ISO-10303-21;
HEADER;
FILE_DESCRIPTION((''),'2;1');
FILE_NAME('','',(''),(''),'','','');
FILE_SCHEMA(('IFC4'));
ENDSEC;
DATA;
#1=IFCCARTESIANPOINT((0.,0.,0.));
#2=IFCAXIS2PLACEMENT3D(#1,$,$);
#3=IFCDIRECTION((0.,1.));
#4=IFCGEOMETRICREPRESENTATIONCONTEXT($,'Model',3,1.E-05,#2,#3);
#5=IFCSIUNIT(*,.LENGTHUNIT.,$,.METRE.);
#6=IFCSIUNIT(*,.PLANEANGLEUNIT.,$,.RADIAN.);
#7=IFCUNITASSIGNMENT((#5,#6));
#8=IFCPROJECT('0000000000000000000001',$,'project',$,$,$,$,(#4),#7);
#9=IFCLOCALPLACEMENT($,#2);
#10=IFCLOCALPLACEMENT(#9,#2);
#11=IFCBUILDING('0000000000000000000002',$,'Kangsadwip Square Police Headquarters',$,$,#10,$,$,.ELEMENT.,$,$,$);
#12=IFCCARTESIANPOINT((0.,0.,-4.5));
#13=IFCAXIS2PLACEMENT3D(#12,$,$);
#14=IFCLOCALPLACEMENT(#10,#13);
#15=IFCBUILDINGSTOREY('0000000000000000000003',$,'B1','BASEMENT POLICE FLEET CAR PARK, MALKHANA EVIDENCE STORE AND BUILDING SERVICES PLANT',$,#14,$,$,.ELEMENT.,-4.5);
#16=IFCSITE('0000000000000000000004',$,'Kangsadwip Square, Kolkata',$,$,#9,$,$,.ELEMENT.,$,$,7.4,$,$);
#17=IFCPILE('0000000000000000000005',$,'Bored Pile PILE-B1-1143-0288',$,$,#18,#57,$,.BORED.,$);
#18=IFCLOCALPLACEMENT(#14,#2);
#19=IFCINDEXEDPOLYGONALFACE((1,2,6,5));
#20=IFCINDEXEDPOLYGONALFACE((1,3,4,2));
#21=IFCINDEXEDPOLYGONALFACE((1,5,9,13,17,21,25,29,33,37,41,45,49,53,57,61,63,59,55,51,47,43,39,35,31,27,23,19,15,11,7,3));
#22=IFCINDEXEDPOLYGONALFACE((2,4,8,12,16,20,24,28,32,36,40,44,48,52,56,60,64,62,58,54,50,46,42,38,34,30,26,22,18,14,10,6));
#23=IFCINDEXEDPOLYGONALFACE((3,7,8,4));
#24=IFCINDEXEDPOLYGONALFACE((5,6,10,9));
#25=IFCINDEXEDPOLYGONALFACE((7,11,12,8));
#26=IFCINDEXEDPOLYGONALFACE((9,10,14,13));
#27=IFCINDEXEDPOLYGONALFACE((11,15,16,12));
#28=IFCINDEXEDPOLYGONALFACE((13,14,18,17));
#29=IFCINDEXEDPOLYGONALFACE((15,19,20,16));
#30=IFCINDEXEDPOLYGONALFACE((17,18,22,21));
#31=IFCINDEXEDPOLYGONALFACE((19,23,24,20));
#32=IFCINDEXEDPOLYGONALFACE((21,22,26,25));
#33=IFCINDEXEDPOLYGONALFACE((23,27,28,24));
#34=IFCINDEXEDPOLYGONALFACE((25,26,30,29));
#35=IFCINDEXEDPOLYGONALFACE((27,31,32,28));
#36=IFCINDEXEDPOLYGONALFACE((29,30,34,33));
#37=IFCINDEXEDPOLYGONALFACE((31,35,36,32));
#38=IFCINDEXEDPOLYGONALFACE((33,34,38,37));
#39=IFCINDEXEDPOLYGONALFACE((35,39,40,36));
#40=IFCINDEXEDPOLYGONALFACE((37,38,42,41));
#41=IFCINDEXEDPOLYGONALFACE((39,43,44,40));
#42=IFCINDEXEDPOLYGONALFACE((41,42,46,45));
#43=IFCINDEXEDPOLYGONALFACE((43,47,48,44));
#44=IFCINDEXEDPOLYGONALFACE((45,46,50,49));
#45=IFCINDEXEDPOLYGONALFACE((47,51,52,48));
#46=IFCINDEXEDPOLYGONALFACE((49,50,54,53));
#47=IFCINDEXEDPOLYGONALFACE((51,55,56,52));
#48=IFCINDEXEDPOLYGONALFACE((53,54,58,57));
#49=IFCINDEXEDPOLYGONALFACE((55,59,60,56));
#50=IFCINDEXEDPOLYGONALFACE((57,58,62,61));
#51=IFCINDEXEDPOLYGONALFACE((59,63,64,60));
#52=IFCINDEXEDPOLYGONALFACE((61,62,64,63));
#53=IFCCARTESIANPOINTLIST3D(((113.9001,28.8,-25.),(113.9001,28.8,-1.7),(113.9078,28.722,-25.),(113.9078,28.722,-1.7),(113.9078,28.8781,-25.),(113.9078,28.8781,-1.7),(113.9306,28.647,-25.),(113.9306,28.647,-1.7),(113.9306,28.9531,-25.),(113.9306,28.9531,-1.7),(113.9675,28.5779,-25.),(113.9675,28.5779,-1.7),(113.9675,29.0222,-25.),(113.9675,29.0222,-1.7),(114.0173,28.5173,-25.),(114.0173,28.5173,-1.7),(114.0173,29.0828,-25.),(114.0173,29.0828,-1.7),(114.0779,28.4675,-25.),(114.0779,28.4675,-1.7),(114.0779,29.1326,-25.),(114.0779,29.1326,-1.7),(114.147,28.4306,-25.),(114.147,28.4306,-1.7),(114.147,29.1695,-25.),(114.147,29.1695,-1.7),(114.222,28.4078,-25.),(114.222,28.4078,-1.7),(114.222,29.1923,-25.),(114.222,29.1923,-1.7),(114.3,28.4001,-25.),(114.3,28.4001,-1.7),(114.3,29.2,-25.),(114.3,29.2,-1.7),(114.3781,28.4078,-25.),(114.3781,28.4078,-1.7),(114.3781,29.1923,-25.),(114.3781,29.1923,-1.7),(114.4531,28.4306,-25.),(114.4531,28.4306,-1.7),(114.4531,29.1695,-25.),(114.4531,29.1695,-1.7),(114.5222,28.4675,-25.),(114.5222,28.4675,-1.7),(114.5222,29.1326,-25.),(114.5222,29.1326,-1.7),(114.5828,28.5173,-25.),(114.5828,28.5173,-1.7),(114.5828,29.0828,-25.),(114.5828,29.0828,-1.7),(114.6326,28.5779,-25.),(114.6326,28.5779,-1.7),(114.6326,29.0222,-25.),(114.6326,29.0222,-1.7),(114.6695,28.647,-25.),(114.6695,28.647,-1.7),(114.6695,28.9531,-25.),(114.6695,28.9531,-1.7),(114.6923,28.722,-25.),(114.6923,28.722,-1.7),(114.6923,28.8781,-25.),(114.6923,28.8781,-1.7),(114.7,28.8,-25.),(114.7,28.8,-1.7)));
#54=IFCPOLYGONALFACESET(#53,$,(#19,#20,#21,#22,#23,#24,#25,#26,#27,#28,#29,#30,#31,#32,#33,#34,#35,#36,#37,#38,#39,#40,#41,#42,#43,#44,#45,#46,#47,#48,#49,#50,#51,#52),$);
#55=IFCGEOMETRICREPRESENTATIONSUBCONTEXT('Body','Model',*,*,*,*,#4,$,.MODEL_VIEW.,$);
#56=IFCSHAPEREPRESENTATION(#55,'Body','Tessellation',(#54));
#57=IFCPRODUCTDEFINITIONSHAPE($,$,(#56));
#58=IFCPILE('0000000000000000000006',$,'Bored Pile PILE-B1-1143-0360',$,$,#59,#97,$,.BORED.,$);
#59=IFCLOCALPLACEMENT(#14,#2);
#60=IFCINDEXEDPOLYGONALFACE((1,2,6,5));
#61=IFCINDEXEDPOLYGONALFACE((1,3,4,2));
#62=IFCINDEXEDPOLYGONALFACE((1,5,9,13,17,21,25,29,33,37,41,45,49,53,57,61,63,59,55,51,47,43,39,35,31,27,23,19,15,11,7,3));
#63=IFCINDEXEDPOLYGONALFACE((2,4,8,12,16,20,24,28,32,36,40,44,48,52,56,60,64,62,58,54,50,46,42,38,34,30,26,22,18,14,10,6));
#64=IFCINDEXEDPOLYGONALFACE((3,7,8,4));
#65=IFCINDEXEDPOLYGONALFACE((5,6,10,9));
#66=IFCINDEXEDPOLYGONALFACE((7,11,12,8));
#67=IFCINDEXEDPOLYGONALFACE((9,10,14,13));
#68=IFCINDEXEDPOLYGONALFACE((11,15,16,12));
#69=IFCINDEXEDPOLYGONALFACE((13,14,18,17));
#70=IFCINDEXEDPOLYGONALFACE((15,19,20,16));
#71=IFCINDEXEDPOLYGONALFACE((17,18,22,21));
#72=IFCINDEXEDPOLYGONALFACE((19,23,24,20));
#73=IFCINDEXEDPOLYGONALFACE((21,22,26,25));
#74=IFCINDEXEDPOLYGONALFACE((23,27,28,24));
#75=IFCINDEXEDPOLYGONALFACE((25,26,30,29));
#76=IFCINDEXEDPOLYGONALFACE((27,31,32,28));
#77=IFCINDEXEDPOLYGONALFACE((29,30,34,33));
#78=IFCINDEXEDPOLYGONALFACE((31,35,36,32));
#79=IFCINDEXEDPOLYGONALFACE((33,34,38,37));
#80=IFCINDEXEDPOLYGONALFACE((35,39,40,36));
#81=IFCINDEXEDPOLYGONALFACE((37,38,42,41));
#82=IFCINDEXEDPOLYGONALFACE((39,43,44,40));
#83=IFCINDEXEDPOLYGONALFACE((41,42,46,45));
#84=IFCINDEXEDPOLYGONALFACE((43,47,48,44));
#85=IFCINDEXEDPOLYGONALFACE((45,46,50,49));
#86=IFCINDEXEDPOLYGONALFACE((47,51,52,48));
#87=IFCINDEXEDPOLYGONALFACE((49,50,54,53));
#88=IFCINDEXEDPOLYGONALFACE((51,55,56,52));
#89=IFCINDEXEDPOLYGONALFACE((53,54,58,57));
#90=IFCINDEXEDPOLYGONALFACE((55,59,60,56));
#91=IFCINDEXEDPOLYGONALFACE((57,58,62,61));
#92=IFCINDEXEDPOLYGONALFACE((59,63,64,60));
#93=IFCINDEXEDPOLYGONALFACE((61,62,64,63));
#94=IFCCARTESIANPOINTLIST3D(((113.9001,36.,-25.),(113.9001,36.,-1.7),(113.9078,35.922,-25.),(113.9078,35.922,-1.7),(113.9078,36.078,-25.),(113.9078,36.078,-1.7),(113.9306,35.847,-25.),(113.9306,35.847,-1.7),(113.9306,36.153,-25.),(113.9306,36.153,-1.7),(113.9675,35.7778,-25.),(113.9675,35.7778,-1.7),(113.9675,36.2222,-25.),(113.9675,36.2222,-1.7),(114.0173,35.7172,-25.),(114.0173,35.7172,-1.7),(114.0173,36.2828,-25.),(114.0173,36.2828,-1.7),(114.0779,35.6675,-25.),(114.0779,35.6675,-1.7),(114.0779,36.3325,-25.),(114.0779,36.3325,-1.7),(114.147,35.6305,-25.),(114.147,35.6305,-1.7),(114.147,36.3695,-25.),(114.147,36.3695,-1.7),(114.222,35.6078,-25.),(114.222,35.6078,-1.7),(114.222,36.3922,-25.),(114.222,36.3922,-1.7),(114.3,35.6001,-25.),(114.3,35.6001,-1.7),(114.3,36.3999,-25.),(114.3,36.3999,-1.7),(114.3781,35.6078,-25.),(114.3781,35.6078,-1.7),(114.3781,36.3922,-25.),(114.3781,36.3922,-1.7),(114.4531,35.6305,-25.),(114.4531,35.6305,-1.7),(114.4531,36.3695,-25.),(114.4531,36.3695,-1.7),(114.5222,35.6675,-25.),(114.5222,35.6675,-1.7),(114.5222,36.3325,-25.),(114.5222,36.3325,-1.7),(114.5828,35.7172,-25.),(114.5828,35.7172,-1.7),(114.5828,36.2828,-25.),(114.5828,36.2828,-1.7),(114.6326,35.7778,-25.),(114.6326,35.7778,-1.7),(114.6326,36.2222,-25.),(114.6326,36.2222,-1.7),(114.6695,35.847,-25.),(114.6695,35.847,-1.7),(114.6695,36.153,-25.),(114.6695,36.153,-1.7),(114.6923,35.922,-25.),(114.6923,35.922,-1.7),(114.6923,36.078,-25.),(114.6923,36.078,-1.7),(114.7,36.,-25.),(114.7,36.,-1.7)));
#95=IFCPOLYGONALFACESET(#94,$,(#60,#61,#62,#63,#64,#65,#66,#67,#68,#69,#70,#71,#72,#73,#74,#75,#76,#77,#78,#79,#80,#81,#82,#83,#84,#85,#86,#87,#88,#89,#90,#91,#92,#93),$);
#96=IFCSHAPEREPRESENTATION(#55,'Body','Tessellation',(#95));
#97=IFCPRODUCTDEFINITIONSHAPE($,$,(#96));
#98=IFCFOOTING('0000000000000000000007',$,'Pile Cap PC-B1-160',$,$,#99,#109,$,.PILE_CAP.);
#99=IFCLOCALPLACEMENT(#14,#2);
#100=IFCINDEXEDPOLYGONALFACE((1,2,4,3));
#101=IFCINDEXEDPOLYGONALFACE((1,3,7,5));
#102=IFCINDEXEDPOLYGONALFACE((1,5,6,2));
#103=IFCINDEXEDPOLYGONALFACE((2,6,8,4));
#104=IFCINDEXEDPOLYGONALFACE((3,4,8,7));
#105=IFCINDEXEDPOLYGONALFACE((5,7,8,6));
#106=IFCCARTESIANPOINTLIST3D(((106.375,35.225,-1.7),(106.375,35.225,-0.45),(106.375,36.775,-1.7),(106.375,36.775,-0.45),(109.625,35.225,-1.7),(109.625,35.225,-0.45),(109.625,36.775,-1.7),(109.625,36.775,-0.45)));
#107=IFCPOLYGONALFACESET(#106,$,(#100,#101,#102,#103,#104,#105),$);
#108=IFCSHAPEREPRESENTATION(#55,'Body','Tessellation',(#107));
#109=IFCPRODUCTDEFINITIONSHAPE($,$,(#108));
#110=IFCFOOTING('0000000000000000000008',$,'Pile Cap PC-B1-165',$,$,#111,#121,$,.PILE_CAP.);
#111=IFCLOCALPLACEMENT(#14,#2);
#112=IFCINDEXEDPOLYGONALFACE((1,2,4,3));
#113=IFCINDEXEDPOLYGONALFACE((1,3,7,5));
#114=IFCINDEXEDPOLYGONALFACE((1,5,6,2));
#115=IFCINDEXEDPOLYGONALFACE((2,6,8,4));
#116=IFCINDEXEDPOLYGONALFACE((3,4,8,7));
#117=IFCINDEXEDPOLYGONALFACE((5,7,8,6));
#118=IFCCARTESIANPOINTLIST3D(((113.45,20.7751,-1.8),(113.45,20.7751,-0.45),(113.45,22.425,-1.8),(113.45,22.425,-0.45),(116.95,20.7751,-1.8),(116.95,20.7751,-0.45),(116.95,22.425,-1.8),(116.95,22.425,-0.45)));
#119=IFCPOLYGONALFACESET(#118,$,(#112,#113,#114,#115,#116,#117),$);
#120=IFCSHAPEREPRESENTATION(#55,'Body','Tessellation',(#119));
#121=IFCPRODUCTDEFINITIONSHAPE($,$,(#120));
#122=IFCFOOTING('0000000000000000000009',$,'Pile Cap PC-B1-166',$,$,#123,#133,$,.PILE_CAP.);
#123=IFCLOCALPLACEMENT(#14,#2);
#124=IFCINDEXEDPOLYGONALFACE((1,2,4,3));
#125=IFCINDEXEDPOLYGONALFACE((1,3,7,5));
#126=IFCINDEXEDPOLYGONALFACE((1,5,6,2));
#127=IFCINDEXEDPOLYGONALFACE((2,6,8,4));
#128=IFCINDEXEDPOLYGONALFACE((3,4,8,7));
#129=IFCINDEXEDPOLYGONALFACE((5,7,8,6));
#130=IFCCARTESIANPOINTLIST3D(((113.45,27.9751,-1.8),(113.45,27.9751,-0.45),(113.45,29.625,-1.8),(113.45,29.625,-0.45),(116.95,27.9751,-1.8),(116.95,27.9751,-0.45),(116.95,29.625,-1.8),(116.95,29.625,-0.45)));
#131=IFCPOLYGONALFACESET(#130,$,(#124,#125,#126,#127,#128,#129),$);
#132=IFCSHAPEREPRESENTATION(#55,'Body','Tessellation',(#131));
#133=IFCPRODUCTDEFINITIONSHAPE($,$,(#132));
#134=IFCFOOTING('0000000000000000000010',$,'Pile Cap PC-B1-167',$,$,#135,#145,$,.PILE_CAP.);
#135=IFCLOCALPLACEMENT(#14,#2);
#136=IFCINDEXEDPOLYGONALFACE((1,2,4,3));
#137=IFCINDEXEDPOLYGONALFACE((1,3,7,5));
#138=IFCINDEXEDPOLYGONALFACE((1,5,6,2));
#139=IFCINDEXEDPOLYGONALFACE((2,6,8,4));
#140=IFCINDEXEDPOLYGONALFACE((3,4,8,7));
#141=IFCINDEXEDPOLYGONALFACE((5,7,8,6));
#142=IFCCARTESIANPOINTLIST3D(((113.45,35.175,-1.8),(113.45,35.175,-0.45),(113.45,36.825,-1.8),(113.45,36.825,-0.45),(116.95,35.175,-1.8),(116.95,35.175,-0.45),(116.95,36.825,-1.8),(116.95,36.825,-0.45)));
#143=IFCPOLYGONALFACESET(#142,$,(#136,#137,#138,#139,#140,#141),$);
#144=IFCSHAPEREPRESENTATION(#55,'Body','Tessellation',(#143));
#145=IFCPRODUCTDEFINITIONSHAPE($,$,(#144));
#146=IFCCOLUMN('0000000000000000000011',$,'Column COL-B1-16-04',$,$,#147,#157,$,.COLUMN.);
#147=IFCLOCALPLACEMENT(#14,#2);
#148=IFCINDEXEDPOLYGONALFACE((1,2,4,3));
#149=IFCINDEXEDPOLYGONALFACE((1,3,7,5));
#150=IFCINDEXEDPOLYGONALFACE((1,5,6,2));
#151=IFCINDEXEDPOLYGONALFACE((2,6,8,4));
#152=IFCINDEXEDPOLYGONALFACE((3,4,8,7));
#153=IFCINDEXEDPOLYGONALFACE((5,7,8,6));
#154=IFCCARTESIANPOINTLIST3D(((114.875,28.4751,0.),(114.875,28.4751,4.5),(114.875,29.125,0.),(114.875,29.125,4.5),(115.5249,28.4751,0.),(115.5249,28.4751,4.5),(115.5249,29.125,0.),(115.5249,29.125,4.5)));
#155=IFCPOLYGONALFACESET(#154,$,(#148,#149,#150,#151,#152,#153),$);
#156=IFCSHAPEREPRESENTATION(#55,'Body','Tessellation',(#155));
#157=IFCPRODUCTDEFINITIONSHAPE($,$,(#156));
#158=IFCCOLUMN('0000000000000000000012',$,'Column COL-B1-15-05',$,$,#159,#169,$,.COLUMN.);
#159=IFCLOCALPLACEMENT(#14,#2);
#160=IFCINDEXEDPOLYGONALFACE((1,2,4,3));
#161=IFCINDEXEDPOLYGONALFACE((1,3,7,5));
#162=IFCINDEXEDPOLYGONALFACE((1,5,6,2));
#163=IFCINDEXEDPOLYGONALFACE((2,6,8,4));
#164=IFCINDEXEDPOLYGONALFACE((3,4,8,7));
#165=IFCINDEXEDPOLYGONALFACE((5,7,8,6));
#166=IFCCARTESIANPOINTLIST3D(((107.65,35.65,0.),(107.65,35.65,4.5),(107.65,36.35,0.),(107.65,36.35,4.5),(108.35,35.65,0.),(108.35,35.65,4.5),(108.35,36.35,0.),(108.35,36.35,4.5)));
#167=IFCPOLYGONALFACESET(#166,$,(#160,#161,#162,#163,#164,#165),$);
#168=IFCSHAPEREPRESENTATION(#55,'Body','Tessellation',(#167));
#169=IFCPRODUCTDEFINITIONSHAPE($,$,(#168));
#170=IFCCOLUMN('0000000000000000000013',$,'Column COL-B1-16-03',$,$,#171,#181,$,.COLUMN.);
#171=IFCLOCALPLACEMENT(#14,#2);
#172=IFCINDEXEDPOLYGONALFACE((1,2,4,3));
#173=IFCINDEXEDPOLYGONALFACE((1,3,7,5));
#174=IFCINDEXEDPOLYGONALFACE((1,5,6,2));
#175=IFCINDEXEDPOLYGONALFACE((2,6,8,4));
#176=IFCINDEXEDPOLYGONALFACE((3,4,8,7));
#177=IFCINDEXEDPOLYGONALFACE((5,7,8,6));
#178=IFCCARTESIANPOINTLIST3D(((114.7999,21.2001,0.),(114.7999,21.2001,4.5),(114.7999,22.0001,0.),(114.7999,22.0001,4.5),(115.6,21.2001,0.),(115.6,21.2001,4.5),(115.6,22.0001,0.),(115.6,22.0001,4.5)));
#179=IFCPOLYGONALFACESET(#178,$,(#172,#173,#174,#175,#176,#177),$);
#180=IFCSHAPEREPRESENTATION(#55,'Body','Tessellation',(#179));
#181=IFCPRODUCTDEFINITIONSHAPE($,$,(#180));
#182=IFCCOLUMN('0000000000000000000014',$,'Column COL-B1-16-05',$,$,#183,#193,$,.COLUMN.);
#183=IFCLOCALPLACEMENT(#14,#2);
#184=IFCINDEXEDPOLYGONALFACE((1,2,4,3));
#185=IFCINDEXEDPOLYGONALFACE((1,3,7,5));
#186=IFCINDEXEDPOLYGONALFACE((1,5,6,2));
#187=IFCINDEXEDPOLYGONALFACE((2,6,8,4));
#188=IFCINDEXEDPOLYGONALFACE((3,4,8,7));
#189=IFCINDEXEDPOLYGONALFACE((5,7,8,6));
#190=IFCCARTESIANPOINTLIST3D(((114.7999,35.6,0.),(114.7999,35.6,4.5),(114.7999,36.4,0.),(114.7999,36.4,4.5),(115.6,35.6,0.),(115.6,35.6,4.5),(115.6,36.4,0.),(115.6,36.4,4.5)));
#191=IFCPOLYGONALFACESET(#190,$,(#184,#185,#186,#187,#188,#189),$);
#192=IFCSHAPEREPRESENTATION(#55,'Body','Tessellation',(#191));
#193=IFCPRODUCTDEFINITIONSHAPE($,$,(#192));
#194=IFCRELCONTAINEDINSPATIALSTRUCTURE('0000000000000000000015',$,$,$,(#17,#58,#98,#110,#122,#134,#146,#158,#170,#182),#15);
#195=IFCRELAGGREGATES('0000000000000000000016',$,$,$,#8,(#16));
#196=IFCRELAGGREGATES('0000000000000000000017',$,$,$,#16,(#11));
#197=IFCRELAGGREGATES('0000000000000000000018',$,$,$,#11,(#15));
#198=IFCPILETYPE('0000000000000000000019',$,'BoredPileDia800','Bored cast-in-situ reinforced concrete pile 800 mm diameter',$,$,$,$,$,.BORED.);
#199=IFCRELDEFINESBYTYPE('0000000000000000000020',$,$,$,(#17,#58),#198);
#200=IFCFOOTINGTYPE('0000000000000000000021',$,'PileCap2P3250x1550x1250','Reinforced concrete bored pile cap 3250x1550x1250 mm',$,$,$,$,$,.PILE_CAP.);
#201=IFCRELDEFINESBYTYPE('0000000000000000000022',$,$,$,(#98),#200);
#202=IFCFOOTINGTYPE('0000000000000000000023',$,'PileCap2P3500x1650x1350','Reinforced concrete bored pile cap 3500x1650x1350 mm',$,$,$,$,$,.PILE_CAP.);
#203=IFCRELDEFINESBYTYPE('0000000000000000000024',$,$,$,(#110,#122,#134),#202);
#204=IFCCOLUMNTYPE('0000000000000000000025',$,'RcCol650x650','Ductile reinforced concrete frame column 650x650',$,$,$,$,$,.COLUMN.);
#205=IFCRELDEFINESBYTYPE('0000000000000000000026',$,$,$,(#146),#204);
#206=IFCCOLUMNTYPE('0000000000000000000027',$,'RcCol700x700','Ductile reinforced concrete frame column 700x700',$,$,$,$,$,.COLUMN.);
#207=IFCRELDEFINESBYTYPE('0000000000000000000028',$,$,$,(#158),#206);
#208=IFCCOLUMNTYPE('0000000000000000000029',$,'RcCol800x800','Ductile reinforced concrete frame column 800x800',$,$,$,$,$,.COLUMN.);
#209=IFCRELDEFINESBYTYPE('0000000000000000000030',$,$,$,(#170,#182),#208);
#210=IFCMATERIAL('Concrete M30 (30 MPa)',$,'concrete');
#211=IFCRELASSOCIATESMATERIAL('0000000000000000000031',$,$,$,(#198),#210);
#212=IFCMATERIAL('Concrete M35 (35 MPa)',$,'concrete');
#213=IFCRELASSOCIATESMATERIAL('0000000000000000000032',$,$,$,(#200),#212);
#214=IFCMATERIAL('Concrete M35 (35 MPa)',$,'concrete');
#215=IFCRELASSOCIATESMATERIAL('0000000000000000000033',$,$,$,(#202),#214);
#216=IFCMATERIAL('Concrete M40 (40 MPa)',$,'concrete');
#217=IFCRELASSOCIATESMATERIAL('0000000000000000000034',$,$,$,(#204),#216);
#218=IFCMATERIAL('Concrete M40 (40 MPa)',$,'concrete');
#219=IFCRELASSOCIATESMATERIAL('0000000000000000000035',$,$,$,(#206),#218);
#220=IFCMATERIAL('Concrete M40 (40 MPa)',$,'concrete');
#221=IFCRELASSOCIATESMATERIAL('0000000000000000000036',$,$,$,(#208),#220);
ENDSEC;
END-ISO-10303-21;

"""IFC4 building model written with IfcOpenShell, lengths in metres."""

from ifc_helpers import new_model, si_unit, direction, frame, origin, origin_2d, place, context, subcontext, project, spatial, rectangle, circle, extrude, material, material_profile, profile_set, type_object, element, save


model = new_model("IFC4")

# Units and contexts
model_context = context("Model", 3, precision=1e-05, world=origin(), true_north=direction((0.0, 1.0)))
body_context = subcontext(model_context, "Body", "Model", "MODEL_VIEW")
ifc_project = project(units=[si_unit("LENGTHUNIT", "METRE"), si_unit("PLANEANGLEUNIT", "RADIAN")], contexts=[model_context])

# Site, building, storey
site_placement = place(None, origin())
site = spatial("IfcSite", under=ifc_project, at=site_placement, Name="Kangsadwip Square, Kolkata", CompositionType="ELEMENT", RefElevation=7.4)
building_placement = place(site_placement, origin())
building = spatial("IfcBuilding", under=site, at=building_placement, Name="Kangsadwip Square Police Headquarters", CompositionType="ELEMENT")
storey_placement = place(building_placement, frame((0.0, 0.0, -4.5)))
storey = spatial("IfcBuildingStorey", under=building, at=storey_placement, Name="B1", Description="BASEMENT POLICE FLEET CAR PARK, MALKHANA EVIDENCE STORE AND BUILDING SERVICES PLANT", CompositionType="ELEMENT", Elevation=-4.5)

# Piles
ifc_material_1 = material(Name="Concrete M30 (30 MPa)", Category="concrete")
ifc_material_profile_1 = material_profile(ifc_material_1, circle(Radius=0.3999, at=origin_2d()), Name="PILE DIA 800")
ifc_profile_set_1 = profile_set([ifc_material_profile_1], Name="Concrete M30 (30 MPa)")
pile_type_1 = type_object("IfcPileType", Name="BoredPileDia800", Description="Bored cast-in-situ reinforced concrete pile 800 mm diameter", PredefinedType="BORED", material=ifc_profile_set_1)
for number, where, z_axis, x_axis, name in (
    (1, (114.3, 28.8, -1.7), (0.0, 0.0, -1.0), (1.0, 0.0, 0.0), "Bored Pile PILE-B1-1143-0288"),
    (2, (114.3, 36.0, -1.7), (0.0, 0.0, -1.0), (1.0, 0.0, 0.0), "Bored Pile PILE-B1-1143-0360"),
):
    element("IfcPile", number, at=place(storey_placement, frame(where, z_axis=z_axis, x_axis=x_axis)), inside=storey, type_object=pile_type_1, Name=name, PredefinedType="BORED", context=body_context, shape_type="SweptSolid", body=[
        extrude(circle(Radius=0.3999, at=origin_2d()), origin(), (0.0, 0.0, 1.0), 23.3),
    ])

# Footings
ifc_material_2 = material(Name="Concrete M35 (35 MPa)", Category="concrete")
footing_type_1 = type_object("IfcFootingType", Name="PileCap2P3250x1550x1250", Description="Reinforced concrete bored pile cap 3250x1550x1250 mm", PredefinedType="PILE_CAP", material=ifc_material_2)
footing_1_placement = place(storey_placement, frame((108.0, 36.0, -1.7), z_axis=(0.0, 0.0, 1.0), x_axis=(1.0, 0.0, 0.0)))
element("IfcFooting", 3, at=footing_1_placement, inside=storey, type_object=footing_type_1, Name="Pile Cap PC-B1-160", PredefinedType="PILE_CAP", context=body_context, shape_type="SweptSolid", body=[
    extrude(rectangle(XDim=3.25, YDim=1.55, at=origin_2d()), origin(), (0.0, 0.0, 1.0), 1.25),
])
ifc_material_3 = material(Name="Concrete M35 (35 MPa)", Category="concrete")
footing_type_2 = type_object("IfcFootingType", Name="PileCap2P3500x1650x1350", Description="Reinforced concrete bored pile cap 3500x1650x1350 mm", PredefinedType="PILE_CAP", material=ifc_material_3)
for number, where, z_axis, x_axis, name in (
    (4, (115.2, 21.6001, -1.8), (0.0, 0.0, 1.0), (1.0, 0.0, 0.0), "Pile Cap PC-B1-165"),
    (5, (115.2, 28.8, -1.8), (0.0, 0.0, 1.0), (1.0, 0.0, 0.0), "Pile Cap PC-B1-166"),
    (6, (115.2, 36.0, -1.8), (0.0, 0.0, 1.0), (1.0, 0.0, 0.0), "Pile Cap PC-B1-167"),
):
    element("IfcFooting", number, at=place(storey_placement, frame(where, z_axis=z_axis, x_axis=x_axis)), inside=storey, type_object=footing_type_2, Name=name, PredefinedType="PILE_CAP", context=body_context, shape_type="SweptSolid", body=[
        extrude(rectangle(XDim=3.5, YDim=1.6499, at=origin_2d()), origin(), (0.0, 0.0, 1.0), 1.3501),
    ])

# Columns
ifc_material_4 = material(Name="Concrete M40 (40 MPa)", Category="concrete")
ifc_material_profile_2 = material_profile(ifc_material_4, rectangle(XDim=0.6499, YDim=0.6499, at=origin_2d()), Name="RC COL 650X650")
ifc_profile_set_2 = profile_set([ifc_material_profile_2], Name="Concrete M40 (40 MPa)")
column_type_1 = type_object("IfcColumnType", Name="RcCol650x650", Description="Ductile reinforced concrete frame column 650x650", PredefinedType="COLUMN", material=ifc_profile_set_2)
column_1_placement = place(storey_placement, frame((115.2, 28.8, 0.0), z_axis=(0.0, 0.0, 1.0), x_axis=(1.0, 0.0, 0.0)))
element("IfcColumn", 7, at=column_1_placement, inside=storey, type_object=column_type_1, Name="Column COL-B1-16-04", PredefinedType="COLUMN", context=body_context, shape_type="SweptSolid", body=[
    extrude(rectangle(XDim=0.6499, YDim=0.6499, at=origin_2d()), origin(), (0.0, 0.0, 1.0), 4.5),
])
ifc_material_5 = material(Name="Concrete M40 (40 MPa)", Category="concrete")
ifc_material_profile_3 = material_profile(ifc_material_5, rectangle(XDim=0.7, YDim=0.7, at=origin_2d()), Name="RC COL 700X700")
ifc_profile_set_3 = profile_set([ifc_material_profile_3], Name="Concrete M40 (40 MPa)")
column_type_2 = type_object("IfcColumnType", Name="RcCol700x700", Description="Ductile reinforced concrete frame column 700x700", PredefinedType="COLUMN", material=ifc_profile_set_3)
column_2_placement = place(storey_placement, frame((108.0, 36.0, 0.0), z_axis=(0.0, 0.0, 1.0), x_axis=(1.0, 0.0, 0.0)))
element("IfcColumn", 8, at=column_2_placement, inside=storey, type_object=column_type_2, Name="Column COL-B1-15-05", PredefinedType="COLUMN", context=body_context, shape_type="SweptSolid", body=[
    extrude(rectangle(XDim=0.7, YDim=0.7, at=origin_2d()), origin(), (0.0, 0.0, 1.0), 4.5),
])
ifc_material_6 = material(Name="Concrete M40 (40 MPa)", Category="concrete")
ifc_material_profile_4 = material_profile(ifc_material_6, rectangle(XDim=0.8, YDim=0.8, at=origin_2d()), Name="RC COL 800X800")
ifc_profile_set_4 = profile_set([ifc_material_profile_4], Name="Concrete M40 (40 MPa)")
column_type_3 = type_object("IfcColumnType", Name="RcCol800x800", Description="Ductile reinforced concrete frame column 800x800", PredefinedType="COLUMN", material=ifc_profile_set_4)
for number, where, z_axis, x_axis, name in (
    (9, (115.2, 21.6001, 0.0), (0.0, 0.0, 1.0), (1.0, 0.0, 0.0), "Column COL-B1-16-03"),
    (10, (115.2, 36.0, 0.0), (0.0, 0.0, 1.0), (1.0, 0.0, 0.0), "Column COL-B1-16-05"),
):
    element("IfcColumn", number, at=place(storey_placement, frame(where, z_axis=z_axis, x_axis=x_axis)), inside=storey, type_object=column_type_3, Name=name, PredefinedType="COLUMN", context=body_context, shape_type="SweptSolid", body=[
        extrude(rectangle(XDim=0.8, YDim=0.8, at=origin_2d()), origin(), (0.0, 0.0, 1.0), 4.5),
    ])

save(model, "model.ifc")
